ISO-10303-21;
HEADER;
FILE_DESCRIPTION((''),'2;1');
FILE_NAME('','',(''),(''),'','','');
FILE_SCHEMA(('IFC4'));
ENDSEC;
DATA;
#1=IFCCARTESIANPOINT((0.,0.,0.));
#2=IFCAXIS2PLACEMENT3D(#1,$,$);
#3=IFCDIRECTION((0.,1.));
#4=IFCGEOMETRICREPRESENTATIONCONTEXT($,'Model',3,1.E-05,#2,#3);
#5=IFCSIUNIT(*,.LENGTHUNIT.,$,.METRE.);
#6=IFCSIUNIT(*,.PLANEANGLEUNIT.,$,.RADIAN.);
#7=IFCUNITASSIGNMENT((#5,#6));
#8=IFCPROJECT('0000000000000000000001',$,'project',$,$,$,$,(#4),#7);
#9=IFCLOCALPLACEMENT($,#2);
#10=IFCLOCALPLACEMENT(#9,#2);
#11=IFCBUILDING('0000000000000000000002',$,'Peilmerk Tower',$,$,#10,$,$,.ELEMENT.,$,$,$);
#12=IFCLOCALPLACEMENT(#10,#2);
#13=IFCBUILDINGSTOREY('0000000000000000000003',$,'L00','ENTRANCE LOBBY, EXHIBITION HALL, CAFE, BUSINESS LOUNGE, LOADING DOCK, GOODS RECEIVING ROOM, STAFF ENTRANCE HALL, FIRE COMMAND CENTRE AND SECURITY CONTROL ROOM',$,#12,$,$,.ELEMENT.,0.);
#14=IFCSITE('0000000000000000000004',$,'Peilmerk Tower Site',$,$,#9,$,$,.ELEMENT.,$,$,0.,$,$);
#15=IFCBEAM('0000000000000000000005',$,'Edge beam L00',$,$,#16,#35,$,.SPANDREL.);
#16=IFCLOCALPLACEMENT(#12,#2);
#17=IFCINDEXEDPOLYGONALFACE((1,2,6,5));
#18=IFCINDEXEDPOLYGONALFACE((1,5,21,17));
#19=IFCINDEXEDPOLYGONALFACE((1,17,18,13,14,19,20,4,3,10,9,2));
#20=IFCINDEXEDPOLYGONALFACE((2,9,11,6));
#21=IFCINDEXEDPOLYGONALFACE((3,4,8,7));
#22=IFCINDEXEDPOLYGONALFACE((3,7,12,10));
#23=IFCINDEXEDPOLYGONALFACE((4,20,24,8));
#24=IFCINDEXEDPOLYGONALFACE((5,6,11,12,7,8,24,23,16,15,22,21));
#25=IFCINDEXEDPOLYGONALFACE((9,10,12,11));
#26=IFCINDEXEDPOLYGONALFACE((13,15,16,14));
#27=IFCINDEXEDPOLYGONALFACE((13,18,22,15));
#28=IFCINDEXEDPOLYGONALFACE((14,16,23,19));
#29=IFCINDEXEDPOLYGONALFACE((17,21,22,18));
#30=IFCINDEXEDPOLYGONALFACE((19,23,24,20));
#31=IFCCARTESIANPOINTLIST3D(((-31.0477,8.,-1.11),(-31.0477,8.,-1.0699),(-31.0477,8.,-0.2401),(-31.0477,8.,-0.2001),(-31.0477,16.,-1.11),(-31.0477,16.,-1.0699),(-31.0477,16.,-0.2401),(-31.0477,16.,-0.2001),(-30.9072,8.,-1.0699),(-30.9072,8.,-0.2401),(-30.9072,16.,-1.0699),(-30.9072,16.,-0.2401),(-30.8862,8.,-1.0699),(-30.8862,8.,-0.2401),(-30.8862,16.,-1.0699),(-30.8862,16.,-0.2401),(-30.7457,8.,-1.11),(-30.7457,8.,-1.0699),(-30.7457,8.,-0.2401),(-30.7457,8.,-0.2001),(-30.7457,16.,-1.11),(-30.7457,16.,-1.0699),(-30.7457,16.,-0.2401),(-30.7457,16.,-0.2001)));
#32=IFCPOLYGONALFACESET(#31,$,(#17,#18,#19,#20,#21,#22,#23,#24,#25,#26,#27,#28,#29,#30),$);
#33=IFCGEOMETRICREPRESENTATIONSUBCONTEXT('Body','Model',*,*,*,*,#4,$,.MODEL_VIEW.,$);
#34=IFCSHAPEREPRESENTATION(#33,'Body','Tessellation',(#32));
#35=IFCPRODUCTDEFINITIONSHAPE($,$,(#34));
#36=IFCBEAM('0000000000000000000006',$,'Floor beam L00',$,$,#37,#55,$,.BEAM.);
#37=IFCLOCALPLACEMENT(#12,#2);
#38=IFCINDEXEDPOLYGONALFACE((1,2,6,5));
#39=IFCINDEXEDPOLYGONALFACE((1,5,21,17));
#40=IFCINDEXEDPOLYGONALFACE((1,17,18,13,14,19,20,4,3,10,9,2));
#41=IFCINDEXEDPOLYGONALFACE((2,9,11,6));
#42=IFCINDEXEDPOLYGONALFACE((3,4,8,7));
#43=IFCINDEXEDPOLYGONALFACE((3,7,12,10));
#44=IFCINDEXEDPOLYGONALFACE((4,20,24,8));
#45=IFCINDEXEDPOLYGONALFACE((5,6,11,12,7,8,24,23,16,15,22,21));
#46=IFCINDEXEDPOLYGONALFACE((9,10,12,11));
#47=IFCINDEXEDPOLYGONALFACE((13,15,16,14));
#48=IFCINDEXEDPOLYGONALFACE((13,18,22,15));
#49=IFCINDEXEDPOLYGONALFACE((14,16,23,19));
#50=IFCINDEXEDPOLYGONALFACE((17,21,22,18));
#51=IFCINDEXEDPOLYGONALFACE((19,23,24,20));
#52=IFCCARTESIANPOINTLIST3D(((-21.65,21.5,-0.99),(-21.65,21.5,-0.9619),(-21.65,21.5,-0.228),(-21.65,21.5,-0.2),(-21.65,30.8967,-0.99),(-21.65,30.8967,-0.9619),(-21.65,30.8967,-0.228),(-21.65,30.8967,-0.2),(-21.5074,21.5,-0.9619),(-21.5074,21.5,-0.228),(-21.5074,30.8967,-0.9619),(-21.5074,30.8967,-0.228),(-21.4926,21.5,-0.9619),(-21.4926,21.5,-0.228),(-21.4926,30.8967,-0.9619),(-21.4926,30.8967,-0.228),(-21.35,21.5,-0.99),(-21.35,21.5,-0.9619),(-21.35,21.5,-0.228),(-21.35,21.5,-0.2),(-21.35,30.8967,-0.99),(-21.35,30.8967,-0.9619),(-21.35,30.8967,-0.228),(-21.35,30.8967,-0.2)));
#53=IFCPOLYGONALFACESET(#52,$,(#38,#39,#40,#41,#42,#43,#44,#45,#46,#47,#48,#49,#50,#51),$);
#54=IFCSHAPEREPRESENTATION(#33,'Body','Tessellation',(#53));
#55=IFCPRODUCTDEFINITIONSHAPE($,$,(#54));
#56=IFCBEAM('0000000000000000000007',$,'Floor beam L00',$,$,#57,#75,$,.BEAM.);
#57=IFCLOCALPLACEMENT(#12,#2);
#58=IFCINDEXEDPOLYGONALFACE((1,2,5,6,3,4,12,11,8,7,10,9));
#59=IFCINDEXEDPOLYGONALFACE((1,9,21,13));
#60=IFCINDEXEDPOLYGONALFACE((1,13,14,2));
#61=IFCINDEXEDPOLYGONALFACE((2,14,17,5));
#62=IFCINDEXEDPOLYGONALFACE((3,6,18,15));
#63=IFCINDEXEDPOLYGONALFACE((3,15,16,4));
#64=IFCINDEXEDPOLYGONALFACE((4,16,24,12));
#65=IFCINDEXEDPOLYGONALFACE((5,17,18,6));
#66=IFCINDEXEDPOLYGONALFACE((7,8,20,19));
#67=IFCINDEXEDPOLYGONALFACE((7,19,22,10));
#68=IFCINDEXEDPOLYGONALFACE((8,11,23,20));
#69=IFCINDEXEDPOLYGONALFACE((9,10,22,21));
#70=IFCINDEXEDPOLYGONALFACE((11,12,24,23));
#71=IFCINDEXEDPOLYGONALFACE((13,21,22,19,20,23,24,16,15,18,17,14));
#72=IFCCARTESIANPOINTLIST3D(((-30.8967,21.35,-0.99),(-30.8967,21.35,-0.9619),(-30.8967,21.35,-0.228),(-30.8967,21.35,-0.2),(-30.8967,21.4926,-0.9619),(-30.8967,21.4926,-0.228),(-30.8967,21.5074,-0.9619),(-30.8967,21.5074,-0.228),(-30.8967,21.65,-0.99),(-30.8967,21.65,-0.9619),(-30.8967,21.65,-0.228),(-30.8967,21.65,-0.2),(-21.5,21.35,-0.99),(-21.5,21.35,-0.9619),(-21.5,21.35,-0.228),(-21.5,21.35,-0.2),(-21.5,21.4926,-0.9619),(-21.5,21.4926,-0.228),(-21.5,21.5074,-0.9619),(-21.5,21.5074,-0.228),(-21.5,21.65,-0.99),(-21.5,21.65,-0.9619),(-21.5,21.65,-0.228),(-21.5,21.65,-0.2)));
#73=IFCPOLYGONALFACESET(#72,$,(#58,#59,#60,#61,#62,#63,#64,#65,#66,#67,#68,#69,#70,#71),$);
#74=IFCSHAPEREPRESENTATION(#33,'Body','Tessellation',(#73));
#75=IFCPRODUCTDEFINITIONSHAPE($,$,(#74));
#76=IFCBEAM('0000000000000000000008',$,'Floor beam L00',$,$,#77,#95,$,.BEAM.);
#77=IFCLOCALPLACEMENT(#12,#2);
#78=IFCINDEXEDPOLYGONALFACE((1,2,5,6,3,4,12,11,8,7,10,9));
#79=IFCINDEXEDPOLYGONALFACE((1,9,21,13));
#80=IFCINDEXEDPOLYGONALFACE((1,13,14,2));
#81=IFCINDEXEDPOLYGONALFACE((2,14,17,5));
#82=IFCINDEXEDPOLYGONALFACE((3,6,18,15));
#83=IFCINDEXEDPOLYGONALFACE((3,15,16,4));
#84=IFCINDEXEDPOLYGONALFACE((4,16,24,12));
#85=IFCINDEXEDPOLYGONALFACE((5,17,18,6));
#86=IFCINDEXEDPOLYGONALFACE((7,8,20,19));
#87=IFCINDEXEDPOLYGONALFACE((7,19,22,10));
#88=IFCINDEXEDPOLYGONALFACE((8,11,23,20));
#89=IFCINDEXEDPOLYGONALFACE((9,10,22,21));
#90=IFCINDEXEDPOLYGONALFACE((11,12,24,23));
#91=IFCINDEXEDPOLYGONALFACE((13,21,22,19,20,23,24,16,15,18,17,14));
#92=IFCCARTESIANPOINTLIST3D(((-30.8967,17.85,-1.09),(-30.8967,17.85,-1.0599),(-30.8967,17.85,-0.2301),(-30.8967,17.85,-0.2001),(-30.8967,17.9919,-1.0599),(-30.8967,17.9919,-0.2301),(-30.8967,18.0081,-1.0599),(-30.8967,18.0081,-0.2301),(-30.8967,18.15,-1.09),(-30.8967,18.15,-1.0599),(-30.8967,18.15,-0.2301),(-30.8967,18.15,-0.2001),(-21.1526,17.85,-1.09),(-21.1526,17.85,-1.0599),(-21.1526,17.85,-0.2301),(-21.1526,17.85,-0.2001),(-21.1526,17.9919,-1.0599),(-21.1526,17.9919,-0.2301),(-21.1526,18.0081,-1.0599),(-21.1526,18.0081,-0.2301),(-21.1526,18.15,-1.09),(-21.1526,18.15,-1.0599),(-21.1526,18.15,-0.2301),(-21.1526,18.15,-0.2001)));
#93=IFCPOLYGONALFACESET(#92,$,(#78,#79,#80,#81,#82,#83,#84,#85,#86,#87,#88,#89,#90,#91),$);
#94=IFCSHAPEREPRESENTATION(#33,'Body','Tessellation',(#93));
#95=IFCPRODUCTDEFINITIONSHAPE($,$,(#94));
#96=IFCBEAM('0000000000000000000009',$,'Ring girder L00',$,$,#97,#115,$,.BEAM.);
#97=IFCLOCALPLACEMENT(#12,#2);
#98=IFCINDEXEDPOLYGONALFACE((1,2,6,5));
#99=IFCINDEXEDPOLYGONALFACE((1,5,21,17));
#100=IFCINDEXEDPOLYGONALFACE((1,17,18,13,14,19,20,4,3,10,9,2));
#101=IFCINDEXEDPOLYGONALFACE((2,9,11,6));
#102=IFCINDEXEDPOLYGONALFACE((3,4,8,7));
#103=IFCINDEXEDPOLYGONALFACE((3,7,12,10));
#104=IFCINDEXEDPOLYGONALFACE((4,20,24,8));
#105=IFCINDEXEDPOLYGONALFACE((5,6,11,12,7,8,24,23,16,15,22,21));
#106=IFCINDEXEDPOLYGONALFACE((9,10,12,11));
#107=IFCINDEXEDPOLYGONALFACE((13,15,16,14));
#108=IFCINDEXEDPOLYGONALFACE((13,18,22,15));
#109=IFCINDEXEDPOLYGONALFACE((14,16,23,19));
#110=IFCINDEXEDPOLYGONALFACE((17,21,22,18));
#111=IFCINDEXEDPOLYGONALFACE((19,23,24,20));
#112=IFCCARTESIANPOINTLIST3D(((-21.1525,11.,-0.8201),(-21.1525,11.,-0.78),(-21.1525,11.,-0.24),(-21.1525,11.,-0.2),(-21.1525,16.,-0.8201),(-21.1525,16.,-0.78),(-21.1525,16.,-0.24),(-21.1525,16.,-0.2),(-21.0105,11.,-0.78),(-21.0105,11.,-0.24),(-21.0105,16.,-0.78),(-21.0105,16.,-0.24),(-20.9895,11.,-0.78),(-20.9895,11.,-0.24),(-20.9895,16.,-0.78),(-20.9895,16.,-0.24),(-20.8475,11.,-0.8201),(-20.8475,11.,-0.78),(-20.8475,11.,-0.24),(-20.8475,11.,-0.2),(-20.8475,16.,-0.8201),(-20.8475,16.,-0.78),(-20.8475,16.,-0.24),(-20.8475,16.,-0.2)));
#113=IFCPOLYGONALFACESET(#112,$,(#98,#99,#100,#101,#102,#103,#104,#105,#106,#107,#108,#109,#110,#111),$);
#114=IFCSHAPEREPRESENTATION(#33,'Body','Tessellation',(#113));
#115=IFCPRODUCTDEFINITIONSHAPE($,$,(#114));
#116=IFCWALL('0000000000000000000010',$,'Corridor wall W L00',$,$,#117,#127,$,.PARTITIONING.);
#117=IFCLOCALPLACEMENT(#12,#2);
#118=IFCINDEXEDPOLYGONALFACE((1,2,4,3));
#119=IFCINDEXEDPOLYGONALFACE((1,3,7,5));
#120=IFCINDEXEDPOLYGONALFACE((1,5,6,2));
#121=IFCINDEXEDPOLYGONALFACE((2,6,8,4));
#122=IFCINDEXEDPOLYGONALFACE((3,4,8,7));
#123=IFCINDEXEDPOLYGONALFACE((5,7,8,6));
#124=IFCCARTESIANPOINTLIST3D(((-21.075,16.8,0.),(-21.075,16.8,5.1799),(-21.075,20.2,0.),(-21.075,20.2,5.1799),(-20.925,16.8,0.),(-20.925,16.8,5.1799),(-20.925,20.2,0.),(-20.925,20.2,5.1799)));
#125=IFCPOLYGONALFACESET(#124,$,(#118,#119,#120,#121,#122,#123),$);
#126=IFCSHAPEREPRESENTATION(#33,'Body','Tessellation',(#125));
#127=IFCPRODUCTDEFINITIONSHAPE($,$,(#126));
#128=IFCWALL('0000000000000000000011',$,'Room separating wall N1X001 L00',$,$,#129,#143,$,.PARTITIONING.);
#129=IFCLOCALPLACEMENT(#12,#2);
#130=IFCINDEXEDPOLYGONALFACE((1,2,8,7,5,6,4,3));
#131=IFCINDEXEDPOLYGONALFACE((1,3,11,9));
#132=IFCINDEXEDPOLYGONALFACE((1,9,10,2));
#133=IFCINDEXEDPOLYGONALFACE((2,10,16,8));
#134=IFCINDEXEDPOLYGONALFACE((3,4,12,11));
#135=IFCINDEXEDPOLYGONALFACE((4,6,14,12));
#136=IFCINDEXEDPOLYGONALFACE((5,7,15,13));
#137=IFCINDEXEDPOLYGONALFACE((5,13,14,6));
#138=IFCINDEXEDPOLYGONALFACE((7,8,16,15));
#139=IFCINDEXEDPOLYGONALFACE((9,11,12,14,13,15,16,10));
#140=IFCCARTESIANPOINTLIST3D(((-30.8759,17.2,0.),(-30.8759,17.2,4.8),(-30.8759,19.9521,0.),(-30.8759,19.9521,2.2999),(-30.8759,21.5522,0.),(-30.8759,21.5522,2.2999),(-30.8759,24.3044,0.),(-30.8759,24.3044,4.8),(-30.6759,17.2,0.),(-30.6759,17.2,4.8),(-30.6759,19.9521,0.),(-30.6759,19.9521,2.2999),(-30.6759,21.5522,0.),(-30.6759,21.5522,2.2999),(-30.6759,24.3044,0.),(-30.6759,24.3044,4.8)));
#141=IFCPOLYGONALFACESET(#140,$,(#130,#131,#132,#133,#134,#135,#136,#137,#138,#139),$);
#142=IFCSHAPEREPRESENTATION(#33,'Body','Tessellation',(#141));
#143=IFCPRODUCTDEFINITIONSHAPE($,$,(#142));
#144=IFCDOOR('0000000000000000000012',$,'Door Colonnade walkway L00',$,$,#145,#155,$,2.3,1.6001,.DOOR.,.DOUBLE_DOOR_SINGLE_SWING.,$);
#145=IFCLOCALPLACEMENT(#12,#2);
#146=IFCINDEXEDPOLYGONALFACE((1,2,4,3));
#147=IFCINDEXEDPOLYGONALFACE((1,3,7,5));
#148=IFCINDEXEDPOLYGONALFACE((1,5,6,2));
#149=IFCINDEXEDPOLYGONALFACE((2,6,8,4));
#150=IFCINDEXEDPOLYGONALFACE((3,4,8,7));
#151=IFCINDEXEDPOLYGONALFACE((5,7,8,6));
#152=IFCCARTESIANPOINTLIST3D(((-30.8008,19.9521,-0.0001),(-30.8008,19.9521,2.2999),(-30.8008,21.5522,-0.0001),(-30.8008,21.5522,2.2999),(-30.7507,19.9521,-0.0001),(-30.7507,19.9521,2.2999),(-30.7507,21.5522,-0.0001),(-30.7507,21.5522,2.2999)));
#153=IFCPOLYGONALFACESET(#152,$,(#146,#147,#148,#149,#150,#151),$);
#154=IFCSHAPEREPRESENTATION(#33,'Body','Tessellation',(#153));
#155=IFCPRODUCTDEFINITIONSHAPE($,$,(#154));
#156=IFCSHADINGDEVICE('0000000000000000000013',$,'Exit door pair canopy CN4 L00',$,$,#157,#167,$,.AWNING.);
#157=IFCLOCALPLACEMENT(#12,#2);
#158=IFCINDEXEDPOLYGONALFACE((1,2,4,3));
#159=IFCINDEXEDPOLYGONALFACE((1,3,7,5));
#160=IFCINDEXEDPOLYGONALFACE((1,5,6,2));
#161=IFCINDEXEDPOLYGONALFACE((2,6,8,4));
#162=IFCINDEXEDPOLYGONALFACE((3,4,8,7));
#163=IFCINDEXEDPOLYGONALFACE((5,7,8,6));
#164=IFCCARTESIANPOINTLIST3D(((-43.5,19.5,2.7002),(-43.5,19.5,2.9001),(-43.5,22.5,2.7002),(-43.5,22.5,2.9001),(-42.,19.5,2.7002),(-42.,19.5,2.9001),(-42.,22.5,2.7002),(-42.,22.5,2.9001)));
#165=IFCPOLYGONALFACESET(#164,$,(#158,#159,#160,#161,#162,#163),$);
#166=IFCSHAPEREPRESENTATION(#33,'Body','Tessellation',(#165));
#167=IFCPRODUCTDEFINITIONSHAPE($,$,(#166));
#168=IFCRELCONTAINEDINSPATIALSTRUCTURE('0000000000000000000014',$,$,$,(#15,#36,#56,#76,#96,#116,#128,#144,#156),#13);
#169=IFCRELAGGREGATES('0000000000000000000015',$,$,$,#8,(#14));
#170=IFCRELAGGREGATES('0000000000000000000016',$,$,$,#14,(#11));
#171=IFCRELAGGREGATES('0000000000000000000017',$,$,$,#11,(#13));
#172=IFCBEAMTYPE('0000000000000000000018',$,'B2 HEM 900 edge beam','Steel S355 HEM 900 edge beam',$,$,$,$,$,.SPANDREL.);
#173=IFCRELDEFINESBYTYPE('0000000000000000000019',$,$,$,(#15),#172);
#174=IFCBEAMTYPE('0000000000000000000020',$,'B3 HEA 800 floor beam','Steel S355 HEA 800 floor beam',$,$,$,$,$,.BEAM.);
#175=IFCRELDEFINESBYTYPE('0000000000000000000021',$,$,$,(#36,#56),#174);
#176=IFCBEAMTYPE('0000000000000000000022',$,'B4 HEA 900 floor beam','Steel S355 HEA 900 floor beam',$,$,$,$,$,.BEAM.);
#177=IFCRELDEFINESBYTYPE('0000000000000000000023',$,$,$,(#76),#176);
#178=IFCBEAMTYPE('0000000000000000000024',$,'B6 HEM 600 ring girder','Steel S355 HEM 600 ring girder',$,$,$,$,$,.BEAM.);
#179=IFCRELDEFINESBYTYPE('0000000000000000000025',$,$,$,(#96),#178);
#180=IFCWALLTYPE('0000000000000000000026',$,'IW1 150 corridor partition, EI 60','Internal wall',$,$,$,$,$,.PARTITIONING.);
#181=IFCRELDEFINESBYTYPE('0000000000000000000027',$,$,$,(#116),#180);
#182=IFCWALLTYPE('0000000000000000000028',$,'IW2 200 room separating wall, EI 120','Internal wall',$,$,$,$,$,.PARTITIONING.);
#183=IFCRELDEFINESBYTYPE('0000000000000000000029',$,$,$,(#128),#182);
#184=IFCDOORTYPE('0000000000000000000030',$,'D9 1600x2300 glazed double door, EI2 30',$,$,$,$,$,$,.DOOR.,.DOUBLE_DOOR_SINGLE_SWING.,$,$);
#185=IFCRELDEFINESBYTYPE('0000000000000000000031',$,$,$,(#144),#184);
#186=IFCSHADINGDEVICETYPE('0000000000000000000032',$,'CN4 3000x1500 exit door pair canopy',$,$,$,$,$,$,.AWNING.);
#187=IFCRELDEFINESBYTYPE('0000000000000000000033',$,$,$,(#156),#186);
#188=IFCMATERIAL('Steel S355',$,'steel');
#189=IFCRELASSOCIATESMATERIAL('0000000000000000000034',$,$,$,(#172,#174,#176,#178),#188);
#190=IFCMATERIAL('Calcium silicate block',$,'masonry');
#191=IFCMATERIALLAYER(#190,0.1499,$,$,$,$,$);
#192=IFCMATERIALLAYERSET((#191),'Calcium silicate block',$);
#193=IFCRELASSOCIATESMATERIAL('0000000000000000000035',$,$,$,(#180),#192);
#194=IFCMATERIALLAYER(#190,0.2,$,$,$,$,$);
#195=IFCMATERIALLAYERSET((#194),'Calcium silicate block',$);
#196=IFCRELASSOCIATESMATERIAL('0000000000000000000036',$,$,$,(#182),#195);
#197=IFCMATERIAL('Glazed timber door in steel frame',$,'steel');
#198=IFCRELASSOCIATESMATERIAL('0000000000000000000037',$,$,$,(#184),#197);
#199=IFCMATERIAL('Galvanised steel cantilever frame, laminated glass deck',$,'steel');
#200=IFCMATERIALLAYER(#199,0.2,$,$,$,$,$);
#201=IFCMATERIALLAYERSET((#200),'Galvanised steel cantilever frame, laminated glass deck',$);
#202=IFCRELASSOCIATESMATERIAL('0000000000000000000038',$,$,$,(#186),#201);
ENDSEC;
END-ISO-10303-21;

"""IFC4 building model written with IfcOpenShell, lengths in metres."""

from ifc_helpers import new_model, si_unit, direction, frame, frame_2d, origin, origin_2d, place, context, subcontext, project, spatial, rectangle, i_section, extrude, material, layer, layer_set, material_profile, profile_set, type_object, element, fill, save


model = new_model("IFC4")

# Units and contexts
model_context = context("Model", 3, precision=1e-05, world=origin(), true_north=direction((0.0, 1.0)))
body_context = subcontext(model_context, "Body", "Model", "MODEL_VIEW")
ifc_project = project(units=[si_unit("LENGTHUNIT", "METRE"), si_unit("PLANEANGLEUNIT", "RADIAN")], contexts=[model_context])

# Site, building, storey
site_placement = place(None, origin())
site = spatial("IfcSite", under=ifc_project, at=site_placement, Name="Peilmerk Tower Site", CompositionType="ELEMENT", RefElevation=0.0)
building_placement = place(site_placement, origin())
building = spatial("IfcBuilding", under=site, at=building_placement, Name="Peilmerk Tower", CompositionType="ELEMENT")
storey_placement = place(building_placement, origin())
storey = spatial("IfcBuildingStorey", under=building, at=storey_placement, Name="L00", Description="ENTRANCE LOBBY, EXHIBITION HALL, CAFE, BUSINESS LOUNGE, LOADING DOCK, GOODS RECEIVING ROOM, STAFF ENTRANCE HALL, FIRE COMMAND CENTRE AND SECURITY CONTROL ROOM", CompositionType="ELEMENT", Elevation=0.0)

# Beams
ifc_material_1 = material(Name="Steel S355", Category="steel")
ifc_material_profile_1 = material_profile(ifc_material_1, i_section(OverallWidth=0.302, OverallDepth=0.9099, WebThickness=0.021, FlangeThickness=0.04, at=origin_2d()), Name="HEM 900")
ifc_profile_set_1 = profile_set([ifc_material_profile_1], Name="Steel S355")
beam_type_1 = type_object("IfcBeamType", Name="B2 HEM 900 edge beam", Description="Steel S355 HEM 900 edge beam", PredefinedType="SPANDREL", material=ifc_profile_set_1)
beam_1_placement = place(storey_placement, frame((-30.8967, 16.0, -0.655), z_axis=(0.0, -1.0, 0.0), x_axis=(1.0, 0.0, 0.0)))
element("IfcBeam", 1, at=beam_1_placement, inside=storey, type_object=beam_type_1, Name="Edge beam L00", PredefinedType="SPANDREL", context=body_context, shape_type="SweptSolid", body=[
    extrude(i_section(OverallWidth=0.302, OverallDepth=0.9099, WebThickness=0.021, FlangeThickness=0.04, at=origin_2d()), origin(), (0.0, 0.0, 1.0), 8.0),
])
ifc_material_profile_2 = material_profile(ifc_material_1, i_section(OverallWidth=0.3, OverallDepth=0.79, WebThickness=0.0149, FlangeThickness=0.0281, at=origin_2d()), Name="HEA 800")
ifc_profile_set_2 = profile_set([ifc_material_profile_2], Name="Steel S355")
beam_type_2 = type_object("IfcBeamType", Name="B3 HEA 800 floor beam", Description="Steel S355 HEA 800 floor beam", PredefinedType="BEAM", material=ifc_profile_set_2)
for number, where, z_axis, x_axis, name in (
    (2, (-21.5, 21.5, -0.595), (0.0, 1.0, 0.0), (-1.0, 0.0, 0.0), "Floor beam L00"),
    (3, (-21.5, 21.5, -0.595), (-1.0, 0.0, 0.0), (0.0, -1.0, 0.0), "Floor beam L00"),
):
    element("IfcBeam", number, at=place(storey_placement, frame(where, z_axis=z_axis, x_axis=x_axis)), inside=storey, type_object=beam_type_2, Name=name, PredefinedType="BEAM", context=body_context, shape_type="SweptSolid", body=[
        extrude(i_section(OverallWidth=0.3, OverallDepth=0.79, WebThickness=0.0149, FlangeThickness=0.0281, at=origin_2d()), origin(), (0.0, 0.0, 1.0), 9.3967),
    ])
ifc_material_profile_3 = material_profile(ifc_material_1, i_section(OverallWidth=0.3, OverallDepth=0.8899, WebThickness=0.0161, FlangeThickness=0.03, at=origin_2d()), Name="HEA 900")
ifc_profile_set_3 = profile_set([ifc_material_profile_3], Name="Steel S355")
beam_type_3 = type_object("IfcBeamType", Name="B4 HEA 900 floor beam", Description="Steel S355 HEA 900 floor beam", PredefinedType="BEAM", material=ifc_profile_set_3)
beam_2_placement = place(storey_placement, frame((-21.1526, 18.0, -0.645), z_axis=(-1.0, 0.0, 0.0), x_axis=(0.0, -1.0, 0.0)))
element("IfcBeam", 4, at=beam_2_placement, inside=storey, type_object=beam_type_3, Name="Floor beam L00", PredefinedType="BEAM", context=body_context, shape_type="SweptSolid", body=[
    extrude(i_section(OverallWidth=0.3, OverallDepth=0.8899, WebThickness=0.0161, FlangeThickness=0.03, at=origin_2d()), origin(), (0.0, 0.0, 1.0), 9.7441),
])
ifc_material_profile_4 = material_profile(ifc_material_1, i_section(OverallWidth=0.3049, OverallDepth=0.6201, WebThickness=0.021, FlangeThickness=0.04, at=origin_2d()), Name="HEM 600")
ifc_profile_set_4 = profile_set([ifc_material_profile_4], Name="Steel S355")
beam_type_4 = type_object("IfcBeamType", Name="B6 HEM 600 ring girder", Description="Steel S355 HEM 600 ring girder", PredefinedType="BEAM", material=ifc_profile_set_4)
beam_3_placement = place(storey_placement, frame((-21.0, 16.0, -0.51), z_axis=(0.0, -1.0, 0.0), x_axis=(1.0, 0.0, 0.0)))
element("IfcBeam", 5, at=beam_3_placement, inside=storey, type_object=beam_type_4, Name="Ring girder L00", PredefinedType="BEAM", context=body_context, shape_type="SweptSolid", body=[
    extrude(i_section(OverallWidth=0.3049, OverallDepth=0.6201, WebThickness=0.021, FlangeThickness=0.04, at=origin_2d()), origin(), (0.0, 0.0, 1.0), 5.0),
])

# Wall
ifc_material_2 = material(Name="Calcium silicate block", Category="masonry")
ifc_layer_1 = layer(ifc_material_2, 0.1499)
ifc_layer_set_1 = layer_set([ifc_layer_1], Name="Calcium silicate block")
wall_type_1 = type_object("IfcWallType", Name="IW1 150 corridor partition, EI 60", Description="Internal wall", PredefinedType="PARTITIONING", material=ifc_layer_set_1)
wall_1_placement = place(storey_placement, frame((-21.0, 20.2, 0.0), z_axis=(0.0, 0.0, 1.0), x_axis=(0.0, -1.0, 0.0)))
element("IfcWall", 6, at=wall_1_placement, inside=storey, type_object=wall_type_1, Name="Corridor wall W L00", PredefinedType="PARTITIONING", context=body_context, shape_type="SweptSolid", body=[
    extrude(rectangle(XDim=3.3999, YDim=0.1499, at=frame_2d((1.7, 0.0))), origin(), (0.0, 0.0, 1.0), 5.1799),
])

# Wall, opening, door
ifc_layer_2 = layer(ifc_material_2, 0.2)
ifc_layer_set_2 = layer_set([ifc_layer_2], Name="Calcium silicate block")
wall_type_2 = type_object("IfcWallType", Name="IW2 200 room separating wall, EI 120", Description="Internal wall", PredefinedType="PARTITIONING", material=ifc_layer_set_2)
wall_2_placement = place(storey_placement, frame((-30.7759, 17.2, 0.0), z_axis=(0.0, 0.0, 1.0), x_axis=(0.0, 1.0, 0.0)))
wall_2 = element("IfcWall", 7, at=wall_2_placement, inside=storey, type_object=wall_type_2, Name="Room separating wall N1X001 L00", PredefinedType="PARTITIONING", context=body_context, shape_type="SweptSolid", body=[
    extrude(rectangle(XDim=7.1045, YDim=0.2, at=frame_2d((3.5522, 0.0))), origin(), (0.0, 0.0, 1.0), 4.8),
])
opening_placement = place(wall_2_placement, frame((2.7522, 0.0, 0.0)))
opening = element("IfcOpeningElement", 8, at=opening_placement, cuts=wall_2, PredefinedType="OPENING", context=body_context, shape_type="SweptSolid", body=[
    extrude(rectangle(XDim=1.6001, YDim=2.3, at=frame_2d((0.8, 1.1499))), frame((0.0, 0.1099, 0.0), z_axis=(0.0, -1.0, 0.0), x_axis=(1.0, 0.0, 0.0)), (0.0, 0.0, 1.0), 0.22),
])
ifc_material_3 = material(Name="Glazed timber door in steel frame", Category="steel")
door_type = type_object("IfcDoorType", Name="D9 1600x2300 glazed double door, EI2 30", OperationType="DOUBLE_DOOR_SINGLE_SWING", PredefinedType="DOOR", material=ifc_material_3)
door_placement = place(opening_placement, origin())
door = element("IfcDoor", 9, at=door_placement, inside=storey, type_object=door_type, Name="Door Colonnade walkway L00", OperationType="DOUBLE_DOOR_SINGLE_SWING", OverallHeight=2.3, OverallWidth=1.6001, PredefinedType="DOOR", context=body_context, shape_type="SweptSolid", body=[
    extrude(rectangle(XDim=1.6001, YDim=2.3, at=frame_2d((0.8, 1.1499))), frame((0.0, 0.0249, 0.0), z_axis=(0.0, -1.0, 0.0), x_axis=(1.0, 0.0, 0.0)), (0.0, 0.0, 1.0), 0.05),
])
fill(opening, door)

# Shading device
ifc_material_4 = material(Name="Galvanised steel cantilever frame, laminated glass deck", Category="steel")
ifc_layer_3 = layer(ifc_material_4, 0.2)
ifc_layer_set_3 = layer_set([ifc_layer_3], Name="Galvanised steel cantilever frame, laminated glass deck")
shading_device_type = type_object("IfcShadingDeviceType", Name="CN4 3000x1500 exit door pair canopy", PredefinedType="AWNING", material=ifc_layer_set_3)
shading_device_placement = place(storey_placement, frame((-42.75, 21.0, 2.7002), z_axis=(0.0, 0.0, 1.0), x_axis=(0.0, 1.0, 0.0)))
element("IfcShadingDevice", 10, at=shading_device_placement, inside=storey, type_object=shading_device_type, Name="Exit door pair canopy CN4 L00", PredefinedType="AWNING", context=body_context, shape_type="SweptSolid", body=[
    extrude(rectangle(XDim=3.0, YDim=1.5, at=origin_2d()), origin(), (0.0, 0.0, 1.0), 0.2),
])

save(model, "model.ifc")
